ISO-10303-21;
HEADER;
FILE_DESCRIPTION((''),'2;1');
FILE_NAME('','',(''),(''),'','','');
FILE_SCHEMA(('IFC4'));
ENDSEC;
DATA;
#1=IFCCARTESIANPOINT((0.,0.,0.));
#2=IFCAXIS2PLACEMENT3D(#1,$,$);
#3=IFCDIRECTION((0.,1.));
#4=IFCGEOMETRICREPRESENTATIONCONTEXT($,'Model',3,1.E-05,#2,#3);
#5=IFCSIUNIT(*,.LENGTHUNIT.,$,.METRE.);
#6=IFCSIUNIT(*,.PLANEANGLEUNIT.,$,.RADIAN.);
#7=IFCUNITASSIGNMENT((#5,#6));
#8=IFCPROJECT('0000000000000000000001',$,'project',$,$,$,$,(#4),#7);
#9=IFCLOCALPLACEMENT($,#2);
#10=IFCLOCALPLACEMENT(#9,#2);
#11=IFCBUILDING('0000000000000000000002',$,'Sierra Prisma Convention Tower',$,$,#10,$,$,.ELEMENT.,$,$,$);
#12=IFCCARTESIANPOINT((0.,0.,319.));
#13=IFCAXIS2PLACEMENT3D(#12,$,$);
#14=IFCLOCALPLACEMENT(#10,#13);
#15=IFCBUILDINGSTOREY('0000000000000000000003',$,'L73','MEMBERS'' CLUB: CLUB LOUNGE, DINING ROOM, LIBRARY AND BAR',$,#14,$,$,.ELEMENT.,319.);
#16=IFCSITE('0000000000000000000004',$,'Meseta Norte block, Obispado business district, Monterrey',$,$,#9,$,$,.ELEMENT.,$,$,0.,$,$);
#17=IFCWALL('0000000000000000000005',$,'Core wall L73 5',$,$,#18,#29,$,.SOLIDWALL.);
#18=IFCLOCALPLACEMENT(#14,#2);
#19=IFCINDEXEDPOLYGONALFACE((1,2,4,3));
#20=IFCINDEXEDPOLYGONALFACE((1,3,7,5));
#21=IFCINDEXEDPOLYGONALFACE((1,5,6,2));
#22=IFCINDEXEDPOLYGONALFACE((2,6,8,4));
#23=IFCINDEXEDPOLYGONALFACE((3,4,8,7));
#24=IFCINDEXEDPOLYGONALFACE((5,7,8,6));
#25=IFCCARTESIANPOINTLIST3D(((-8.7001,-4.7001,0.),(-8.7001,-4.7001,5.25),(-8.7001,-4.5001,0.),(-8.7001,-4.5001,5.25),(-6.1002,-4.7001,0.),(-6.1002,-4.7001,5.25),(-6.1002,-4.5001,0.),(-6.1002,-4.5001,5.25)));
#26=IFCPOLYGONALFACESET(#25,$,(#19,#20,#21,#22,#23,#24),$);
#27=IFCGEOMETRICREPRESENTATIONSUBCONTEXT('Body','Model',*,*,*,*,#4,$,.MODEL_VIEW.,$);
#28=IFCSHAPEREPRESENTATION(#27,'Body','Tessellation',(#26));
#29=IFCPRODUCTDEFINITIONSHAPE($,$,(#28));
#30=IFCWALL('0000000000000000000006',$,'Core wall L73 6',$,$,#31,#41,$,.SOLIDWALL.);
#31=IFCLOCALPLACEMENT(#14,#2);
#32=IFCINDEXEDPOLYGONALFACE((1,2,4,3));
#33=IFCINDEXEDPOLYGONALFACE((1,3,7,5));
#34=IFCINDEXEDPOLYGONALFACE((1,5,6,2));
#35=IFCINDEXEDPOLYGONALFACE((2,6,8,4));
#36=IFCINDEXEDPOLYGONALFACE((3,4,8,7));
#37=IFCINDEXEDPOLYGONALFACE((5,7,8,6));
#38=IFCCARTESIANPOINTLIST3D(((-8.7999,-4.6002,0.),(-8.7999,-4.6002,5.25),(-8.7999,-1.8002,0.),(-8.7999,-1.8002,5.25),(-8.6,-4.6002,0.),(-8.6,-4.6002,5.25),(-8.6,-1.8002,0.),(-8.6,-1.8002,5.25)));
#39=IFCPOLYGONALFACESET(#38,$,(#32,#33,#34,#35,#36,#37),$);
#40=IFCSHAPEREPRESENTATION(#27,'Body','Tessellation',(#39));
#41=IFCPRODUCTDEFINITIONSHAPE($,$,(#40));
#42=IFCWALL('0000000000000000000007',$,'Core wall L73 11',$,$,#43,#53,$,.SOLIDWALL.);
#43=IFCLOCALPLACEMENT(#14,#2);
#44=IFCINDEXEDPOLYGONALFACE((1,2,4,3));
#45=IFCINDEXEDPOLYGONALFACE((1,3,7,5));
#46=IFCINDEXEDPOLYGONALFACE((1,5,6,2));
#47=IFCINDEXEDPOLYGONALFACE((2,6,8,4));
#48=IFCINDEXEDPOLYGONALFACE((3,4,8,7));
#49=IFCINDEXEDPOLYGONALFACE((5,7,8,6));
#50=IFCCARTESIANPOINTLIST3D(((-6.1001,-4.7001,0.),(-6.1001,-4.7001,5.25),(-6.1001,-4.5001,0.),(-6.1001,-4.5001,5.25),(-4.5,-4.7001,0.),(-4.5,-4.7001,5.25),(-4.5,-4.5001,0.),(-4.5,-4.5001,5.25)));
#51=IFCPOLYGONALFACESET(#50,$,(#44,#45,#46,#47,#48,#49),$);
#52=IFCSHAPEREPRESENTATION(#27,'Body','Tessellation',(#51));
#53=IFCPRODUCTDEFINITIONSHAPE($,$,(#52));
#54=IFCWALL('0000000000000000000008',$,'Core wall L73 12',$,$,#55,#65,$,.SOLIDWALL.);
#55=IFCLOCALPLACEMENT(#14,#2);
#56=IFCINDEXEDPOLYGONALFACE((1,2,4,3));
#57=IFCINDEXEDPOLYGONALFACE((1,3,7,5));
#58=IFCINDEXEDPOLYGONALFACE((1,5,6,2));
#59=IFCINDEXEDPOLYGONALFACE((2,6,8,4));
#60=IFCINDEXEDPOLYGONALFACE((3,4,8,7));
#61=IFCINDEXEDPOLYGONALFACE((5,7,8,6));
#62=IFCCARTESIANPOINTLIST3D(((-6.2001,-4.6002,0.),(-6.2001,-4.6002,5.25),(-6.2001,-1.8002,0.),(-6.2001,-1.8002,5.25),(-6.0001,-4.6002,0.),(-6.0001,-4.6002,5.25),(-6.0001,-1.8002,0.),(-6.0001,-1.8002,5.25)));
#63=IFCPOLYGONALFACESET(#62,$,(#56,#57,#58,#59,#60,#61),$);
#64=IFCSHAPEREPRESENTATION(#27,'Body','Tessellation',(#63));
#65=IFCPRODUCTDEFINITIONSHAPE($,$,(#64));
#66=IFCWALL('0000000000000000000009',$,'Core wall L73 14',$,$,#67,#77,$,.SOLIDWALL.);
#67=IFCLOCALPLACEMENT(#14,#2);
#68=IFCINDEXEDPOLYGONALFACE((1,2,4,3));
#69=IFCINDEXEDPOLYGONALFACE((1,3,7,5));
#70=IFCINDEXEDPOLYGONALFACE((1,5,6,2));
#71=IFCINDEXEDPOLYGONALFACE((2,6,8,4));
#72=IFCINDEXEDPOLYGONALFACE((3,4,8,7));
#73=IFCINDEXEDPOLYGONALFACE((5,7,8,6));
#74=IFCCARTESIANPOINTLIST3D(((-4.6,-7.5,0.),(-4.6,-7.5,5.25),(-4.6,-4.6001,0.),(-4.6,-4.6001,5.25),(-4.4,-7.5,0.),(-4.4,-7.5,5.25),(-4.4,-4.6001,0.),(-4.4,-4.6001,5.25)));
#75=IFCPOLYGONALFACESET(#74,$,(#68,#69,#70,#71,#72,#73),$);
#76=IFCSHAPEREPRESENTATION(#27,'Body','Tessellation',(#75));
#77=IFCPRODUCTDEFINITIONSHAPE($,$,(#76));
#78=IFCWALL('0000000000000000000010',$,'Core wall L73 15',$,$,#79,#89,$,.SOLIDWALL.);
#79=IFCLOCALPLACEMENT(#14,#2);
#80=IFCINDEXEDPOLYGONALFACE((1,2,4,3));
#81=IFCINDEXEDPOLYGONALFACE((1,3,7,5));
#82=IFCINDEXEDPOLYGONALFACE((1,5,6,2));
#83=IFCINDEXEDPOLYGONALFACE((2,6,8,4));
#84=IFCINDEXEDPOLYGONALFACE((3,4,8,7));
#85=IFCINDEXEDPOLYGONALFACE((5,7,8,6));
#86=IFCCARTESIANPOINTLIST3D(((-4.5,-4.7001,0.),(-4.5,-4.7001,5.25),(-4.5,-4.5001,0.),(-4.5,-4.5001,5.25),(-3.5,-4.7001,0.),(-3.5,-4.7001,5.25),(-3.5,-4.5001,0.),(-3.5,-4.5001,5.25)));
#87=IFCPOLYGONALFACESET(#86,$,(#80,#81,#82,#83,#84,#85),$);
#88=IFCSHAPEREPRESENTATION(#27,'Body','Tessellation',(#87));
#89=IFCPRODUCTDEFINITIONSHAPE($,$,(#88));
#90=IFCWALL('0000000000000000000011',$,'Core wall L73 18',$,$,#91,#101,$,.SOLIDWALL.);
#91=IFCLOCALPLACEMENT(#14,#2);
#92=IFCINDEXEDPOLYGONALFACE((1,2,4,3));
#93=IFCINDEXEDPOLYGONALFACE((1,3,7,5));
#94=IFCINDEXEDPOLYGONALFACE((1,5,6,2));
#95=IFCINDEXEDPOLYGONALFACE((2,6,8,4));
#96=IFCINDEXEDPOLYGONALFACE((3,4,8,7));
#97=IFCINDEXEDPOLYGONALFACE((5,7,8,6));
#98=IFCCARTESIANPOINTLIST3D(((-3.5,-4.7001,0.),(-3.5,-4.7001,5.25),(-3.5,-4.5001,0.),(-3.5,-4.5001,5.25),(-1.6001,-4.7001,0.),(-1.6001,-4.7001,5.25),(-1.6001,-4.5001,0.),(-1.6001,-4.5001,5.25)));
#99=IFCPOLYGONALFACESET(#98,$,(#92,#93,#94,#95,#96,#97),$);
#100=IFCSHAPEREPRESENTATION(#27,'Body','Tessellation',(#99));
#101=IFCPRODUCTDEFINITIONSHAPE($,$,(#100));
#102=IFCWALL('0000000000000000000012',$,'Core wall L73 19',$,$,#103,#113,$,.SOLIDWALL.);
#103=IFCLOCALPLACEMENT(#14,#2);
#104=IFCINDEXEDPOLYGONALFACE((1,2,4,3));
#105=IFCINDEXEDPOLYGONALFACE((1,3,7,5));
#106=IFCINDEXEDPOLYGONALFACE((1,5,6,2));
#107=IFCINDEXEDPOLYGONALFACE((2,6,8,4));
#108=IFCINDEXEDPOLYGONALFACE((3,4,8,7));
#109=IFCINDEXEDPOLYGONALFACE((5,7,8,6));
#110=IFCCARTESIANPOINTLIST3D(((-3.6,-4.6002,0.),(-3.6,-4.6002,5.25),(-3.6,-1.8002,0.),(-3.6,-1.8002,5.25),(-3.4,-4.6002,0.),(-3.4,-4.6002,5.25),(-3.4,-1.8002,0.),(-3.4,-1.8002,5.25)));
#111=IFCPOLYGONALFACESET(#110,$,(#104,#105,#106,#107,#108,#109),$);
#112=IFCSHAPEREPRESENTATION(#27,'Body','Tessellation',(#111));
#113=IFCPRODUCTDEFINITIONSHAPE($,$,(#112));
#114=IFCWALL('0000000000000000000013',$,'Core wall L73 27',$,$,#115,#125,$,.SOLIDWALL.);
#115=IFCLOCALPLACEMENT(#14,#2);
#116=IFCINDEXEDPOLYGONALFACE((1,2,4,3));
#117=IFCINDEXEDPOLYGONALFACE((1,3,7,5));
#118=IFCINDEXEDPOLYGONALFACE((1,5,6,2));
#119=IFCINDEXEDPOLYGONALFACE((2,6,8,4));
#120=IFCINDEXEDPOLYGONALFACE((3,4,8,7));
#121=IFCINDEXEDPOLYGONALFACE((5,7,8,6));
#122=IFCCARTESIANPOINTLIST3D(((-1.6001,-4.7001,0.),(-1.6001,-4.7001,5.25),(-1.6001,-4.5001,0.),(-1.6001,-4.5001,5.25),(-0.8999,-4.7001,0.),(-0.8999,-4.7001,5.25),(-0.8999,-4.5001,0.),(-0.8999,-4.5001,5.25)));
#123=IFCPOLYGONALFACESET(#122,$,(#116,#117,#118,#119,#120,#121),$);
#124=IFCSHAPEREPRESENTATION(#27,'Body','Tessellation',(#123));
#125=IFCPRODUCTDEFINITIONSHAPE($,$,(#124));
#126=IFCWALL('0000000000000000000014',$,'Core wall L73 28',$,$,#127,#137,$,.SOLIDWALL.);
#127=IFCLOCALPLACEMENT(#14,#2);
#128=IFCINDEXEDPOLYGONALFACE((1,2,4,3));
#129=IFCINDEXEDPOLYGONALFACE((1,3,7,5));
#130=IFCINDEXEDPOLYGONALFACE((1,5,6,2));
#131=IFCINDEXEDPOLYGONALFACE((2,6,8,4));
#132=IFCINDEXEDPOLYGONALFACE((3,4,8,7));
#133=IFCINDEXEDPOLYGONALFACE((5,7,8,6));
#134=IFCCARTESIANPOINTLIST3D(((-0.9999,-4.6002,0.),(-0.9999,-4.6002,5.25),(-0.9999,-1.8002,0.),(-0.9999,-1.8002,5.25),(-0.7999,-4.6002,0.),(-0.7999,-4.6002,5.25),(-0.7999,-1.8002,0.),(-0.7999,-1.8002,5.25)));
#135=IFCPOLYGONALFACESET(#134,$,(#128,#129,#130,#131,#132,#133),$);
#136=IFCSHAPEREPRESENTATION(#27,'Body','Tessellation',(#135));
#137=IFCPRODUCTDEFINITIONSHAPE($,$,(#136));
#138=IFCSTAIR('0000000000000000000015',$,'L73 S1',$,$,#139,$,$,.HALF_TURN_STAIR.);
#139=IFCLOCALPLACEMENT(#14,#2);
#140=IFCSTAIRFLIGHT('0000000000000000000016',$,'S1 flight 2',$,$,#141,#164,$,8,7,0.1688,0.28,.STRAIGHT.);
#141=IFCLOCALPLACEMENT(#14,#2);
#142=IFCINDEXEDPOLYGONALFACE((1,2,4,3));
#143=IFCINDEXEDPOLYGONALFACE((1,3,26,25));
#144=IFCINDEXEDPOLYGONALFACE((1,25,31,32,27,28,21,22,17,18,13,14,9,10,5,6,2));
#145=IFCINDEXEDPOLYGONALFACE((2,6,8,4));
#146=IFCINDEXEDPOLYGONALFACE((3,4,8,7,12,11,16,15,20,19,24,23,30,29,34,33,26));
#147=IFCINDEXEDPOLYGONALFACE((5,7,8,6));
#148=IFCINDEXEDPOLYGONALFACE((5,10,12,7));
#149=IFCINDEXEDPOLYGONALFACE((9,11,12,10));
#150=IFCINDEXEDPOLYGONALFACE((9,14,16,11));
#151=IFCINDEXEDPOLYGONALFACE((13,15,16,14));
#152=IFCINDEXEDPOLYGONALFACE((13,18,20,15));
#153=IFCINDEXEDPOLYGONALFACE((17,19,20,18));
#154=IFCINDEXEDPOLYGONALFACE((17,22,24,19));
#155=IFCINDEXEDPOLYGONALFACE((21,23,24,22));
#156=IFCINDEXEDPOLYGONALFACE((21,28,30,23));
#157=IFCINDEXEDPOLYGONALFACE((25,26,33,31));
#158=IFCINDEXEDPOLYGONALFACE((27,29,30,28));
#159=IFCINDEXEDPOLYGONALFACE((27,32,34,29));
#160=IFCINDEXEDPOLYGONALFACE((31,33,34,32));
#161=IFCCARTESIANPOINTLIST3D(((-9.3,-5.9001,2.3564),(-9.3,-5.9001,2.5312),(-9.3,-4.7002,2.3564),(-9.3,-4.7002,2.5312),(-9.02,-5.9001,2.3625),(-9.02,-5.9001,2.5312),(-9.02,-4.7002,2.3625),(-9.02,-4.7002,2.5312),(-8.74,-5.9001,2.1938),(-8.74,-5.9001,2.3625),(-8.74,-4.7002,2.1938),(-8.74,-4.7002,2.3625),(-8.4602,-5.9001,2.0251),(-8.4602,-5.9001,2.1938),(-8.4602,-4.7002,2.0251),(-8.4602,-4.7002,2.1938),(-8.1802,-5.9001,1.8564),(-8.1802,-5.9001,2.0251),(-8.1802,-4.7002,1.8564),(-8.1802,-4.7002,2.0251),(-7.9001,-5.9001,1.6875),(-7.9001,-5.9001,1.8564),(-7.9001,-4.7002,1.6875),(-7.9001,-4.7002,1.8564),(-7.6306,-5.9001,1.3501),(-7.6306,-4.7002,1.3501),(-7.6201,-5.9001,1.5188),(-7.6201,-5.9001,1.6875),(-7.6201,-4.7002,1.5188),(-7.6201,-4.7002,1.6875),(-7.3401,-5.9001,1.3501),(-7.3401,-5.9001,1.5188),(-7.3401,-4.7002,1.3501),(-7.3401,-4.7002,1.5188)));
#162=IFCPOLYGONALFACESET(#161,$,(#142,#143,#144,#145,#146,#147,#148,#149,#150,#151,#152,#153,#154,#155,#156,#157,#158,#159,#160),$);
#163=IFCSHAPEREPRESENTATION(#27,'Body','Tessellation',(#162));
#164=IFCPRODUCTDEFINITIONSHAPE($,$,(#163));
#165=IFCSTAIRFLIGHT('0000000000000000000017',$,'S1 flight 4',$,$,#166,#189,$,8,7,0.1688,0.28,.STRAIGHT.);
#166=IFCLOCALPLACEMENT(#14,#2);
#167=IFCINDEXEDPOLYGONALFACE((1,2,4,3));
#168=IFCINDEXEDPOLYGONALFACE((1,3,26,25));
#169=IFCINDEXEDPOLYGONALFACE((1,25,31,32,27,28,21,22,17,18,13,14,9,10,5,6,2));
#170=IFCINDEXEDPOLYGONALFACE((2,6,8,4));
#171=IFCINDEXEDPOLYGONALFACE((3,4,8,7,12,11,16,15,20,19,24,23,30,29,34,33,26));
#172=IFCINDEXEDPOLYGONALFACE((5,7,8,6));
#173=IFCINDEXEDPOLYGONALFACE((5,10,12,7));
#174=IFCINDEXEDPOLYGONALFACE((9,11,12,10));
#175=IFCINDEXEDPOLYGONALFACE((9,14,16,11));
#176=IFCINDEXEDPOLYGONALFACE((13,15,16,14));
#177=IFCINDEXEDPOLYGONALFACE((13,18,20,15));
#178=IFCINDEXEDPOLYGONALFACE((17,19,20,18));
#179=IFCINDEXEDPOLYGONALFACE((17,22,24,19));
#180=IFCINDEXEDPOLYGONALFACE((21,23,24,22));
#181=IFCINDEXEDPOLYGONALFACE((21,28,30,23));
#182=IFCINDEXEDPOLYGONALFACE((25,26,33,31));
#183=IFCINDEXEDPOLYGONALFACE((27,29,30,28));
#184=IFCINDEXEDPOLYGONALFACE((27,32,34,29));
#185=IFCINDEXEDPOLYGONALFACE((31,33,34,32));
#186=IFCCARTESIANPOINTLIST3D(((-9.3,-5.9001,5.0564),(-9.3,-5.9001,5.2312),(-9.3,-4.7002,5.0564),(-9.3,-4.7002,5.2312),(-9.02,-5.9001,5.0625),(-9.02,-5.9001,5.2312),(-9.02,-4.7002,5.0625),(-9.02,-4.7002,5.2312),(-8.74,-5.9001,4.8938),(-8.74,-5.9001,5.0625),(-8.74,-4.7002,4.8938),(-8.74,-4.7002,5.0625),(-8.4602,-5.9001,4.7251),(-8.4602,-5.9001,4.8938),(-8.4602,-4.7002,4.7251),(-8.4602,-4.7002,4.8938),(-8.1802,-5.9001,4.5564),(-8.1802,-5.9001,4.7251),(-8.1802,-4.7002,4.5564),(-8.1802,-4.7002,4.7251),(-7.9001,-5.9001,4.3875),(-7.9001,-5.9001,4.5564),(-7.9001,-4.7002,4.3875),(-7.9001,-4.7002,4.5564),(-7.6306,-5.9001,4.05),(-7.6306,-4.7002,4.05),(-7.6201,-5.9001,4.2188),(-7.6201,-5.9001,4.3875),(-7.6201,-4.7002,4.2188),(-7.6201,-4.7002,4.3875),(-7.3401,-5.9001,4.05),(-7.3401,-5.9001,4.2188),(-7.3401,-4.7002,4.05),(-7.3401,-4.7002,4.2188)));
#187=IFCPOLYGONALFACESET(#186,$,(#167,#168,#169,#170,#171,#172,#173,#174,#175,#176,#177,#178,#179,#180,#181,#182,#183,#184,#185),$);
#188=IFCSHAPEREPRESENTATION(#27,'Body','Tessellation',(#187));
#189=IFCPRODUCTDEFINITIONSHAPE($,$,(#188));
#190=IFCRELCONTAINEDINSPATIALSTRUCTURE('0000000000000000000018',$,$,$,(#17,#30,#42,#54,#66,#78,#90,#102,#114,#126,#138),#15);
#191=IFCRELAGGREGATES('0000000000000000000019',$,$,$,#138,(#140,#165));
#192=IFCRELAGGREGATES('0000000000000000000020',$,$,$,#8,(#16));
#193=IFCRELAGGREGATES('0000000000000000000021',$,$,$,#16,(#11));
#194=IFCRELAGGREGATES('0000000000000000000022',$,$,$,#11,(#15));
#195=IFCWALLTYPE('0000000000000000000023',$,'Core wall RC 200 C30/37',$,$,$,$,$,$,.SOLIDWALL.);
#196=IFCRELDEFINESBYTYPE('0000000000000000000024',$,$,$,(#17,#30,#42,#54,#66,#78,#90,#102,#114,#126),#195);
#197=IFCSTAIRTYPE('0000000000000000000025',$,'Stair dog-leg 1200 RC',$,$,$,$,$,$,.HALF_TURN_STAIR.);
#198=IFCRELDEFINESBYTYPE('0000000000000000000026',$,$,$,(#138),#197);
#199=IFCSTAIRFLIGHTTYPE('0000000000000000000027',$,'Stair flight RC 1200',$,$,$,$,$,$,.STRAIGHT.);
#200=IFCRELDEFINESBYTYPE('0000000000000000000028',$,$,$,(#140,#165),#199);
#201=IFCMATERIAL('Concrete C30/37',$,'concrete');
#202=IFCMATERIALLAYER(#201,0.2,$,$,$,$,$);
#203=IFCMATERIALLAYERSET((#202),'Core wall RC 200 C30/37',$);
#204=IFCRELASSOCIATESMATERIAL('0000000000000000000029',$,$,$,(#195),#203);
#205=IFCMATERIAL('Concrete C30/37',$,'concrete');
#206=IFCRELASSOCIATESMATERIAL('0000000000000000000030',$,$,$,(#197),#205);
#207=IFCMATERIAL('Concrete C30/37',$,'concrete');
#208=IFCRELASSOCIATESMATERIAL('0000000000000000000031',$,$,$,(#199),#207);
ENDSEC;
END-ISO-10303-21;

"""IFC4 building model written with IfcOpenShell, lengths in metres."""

from ifc_helpers import new_model, si_unit, direction, frame, frame_2d, origin, place, context, subcontext, project, spatial, polyline, rectangle, outline, extrude, material, layer, layer_set, type_object, element, aggregate, save


model = new_model("IFC4")

# Units and contexts
model_context = context("Model", 3, precision=1e-05, world=origin(), true_north=direction((0.0, 1.0)))
body_context = subcontext(model_context, "Body", "Model", "MODEL_VIEW")
ifc_project = project(units=[si_unit("LENGTHUNIT", "METRE"), si_unit("PLANEANGLEUNIT", "RADIAN")], contexts=[model_context])

# Site, building, storey
site_placement = place(None, origin())
site = spatial("IfcSite", under=ifc_project, at=site_placement, Name="Meseta Norte block, Obispado business district, Monterrey", CompositionType="ELEMENT", RefElevation=0.0)
building_placement = place(site_placement, origin())
building = spatial("IfcBuilding", under=site, at=building_placement, Name="Sierra Prisma Convention Tower", CompositionType="ELEMENT")
storey_placement = place(building_placement, frame((0.0, 0.0, 319.0)))
storey = spatial("IfcBuildingStorey", under=building, at=storey_placement, Name="L73", Description="MEMBERS' CLUB: CLUB LOUNGE, DINING ROOM, LIBRARY AND BAR", CompositionType="ELEMENT", Elevation=319.0)

# Shared definitions
ifc_material_1 = material(Name="Concrete C30/37", Category="concrete")
ifc_layer = layer(ifc_material_1, 0.2)
ifc_layer_set = layer_set([ifc_layer], Name="Core wall RC 200 C30/37")
wall_type = type_object("IfcWallType", Name="Core wall RC 200 C30/37", PredefinedType="SOLIDWALL", material=ifc_layer_set)

# Walls
wall_1_placement = place(storey_placement, frame((-8.7, -4.6001, 0.0), z_axis=(0.0, 0.0, 1.0), x_axis=(1.0, 0.0, 0.0)))
element("IfcWall", 1, at=wall_1_placement, inside=storey, type_object=wall_type, Name="Core wall L73 5", PredefinedType="SOLIDWALL", context=body_context, shape_type="SweptSolid", body=[
    extrude(rectangle(XDim=2.5999, YDim=0.2, at=frame_2d((1.2998, 0.0))), origin(), (0.0, 0.0, 1.0), 5.25),
])
wall_2_placement = place(storey_placement, frame((-8.7, -4.6001, 0.0), z_axis=(0.0, 0.0, 1.0), x_axis=(0.0, 1.0, 0.0)))
element("IfcWall", 2, at=wall_2_placement, inside=storey, type_object=wall_type, Name="Core wall L73 6", PredefinedType="SOLIDWALL", context=body_context, shape_type="SweptSolid", body=[
    extrude(rectangle(XDim=2.8, YDim=0.2, at=frame_2d((1.3999, 0.0))), origin(), (0.0, 0.0, 1.0), 5.25),
])

# Walls
wall_3_placement = place(storey_placement, frame((-6.1001, -4.6001, 0.0), z_axis=(0.0, 0.0, 1.0), x_axis=(1.0, 0.0, 0.0)))
element("IfcWall", 3, at=wall_3_placement, inside=storey, type_object=wall_type, Name="Core wall L73 11", PredefinedType="SOLIDWALL", context=body_context, shape_type="SweptSolid", body=[
    extrude(rectangle(XDim=1.6001, YDim=0.2, at=frame_2d((0.8, 0.0))), origin(), (0.0, 0.0, 1.0), 5.25),
])
wall_4_placement = place(storey_placement, frame((-6.1001, -4.6001, 0.0), z_axis=(0.0, 0.0, 1.0), x_axis=(0.0, 1.0, 0.0)))
element("IfcWall", 4, at=wall_4_placement, inside=storey, type_object=wall_type, Name="Core wall L73 12", PredefinedType="SOLIDWALL", context=body_context, shape_type="SweptSolid", body=[
    extrude(rectangle(XDim=2.8, YDim=0.2, at=frame_2d((1.3999, 0.0))), origin(), (0.0, 0.0, 1.0), 5.25),
])
wall_5_placement = place(storey_placement, frame((-4.5, -4.6001, 0.0), z_axis=(0.0, 0.0, 1.0), x_axis=(0.0, -1.0, 0.0)))
element("IfcWall", 5, at=wall_5_placement, inside=storey, type_object=wall_type, Name="Core wall L73 14", PredefinedType="SOLIDWALL", context=body_context, shape_type="SweptSolid", body=[
    extrude(rectangle(XDim=2.8999, YDim=0.2, at=frame_2d((1.45, 0.0))), origin(), (0.0, 0.0, 1.0), 5.25),
])
wall_6_placement = place(storey_placement, frame((-4.5, -4.6001, 0.0), z_axis=(0.0, 0.0, 1.0), x_axis=(1.0, 0.0, 0.0)))
element("IfcWall", 6, at=wall_6_placement, inside=storey, type_object=wall_type, Name="Core wall L73 15", PredefinedType="SOLIDWALL", context=body_context, shape_type="SweptSolid", body=[
    extrude(rectangle(XDim=1.0, YDim=0.2, at=frame_2d((0.5, 0.0))), origin(), (0.0, 0.0, 1.0), 5.25),
])
wall_7_placement = place(storey_placement, frame((-3.5, -4.6001, 0.0), z_axis=(0.0, 0.0, 1.0), x_axis=(1.0, 0.0, 0.0)))
element("IfcWall", 7, at=wall_7_placement, inside=storey, type_object=wall_type, Name="Core wall L73 18", PredefinedType="SOLIDWALL", context=body_context, shape_type="SweptSolid", body=[
    extrude(rectangle(XDim=1.8999, YDim=0.2, at=frame_2d((0.95, 0.0))), origin(), (0.0, 0.0, 1.0), 5.25),
])
wall_8_placement = place(storey_placement, frame((-3.5, -4.6001, 0.0), z_axis=(0.0, 0.0, 1.0), x_axis=(0.0, 1.0, 0.0)))
element("IfcWall", 8, at=wall_8_placement, inside=storey, type_object=wall_type, Name="Core wall L73 19", PredefinedType="SOLIDWALL", context=body_context, shape_type="SweptSolid", body=[
    extrude(rectangle(XDim=2.8, YDim=0.2, at=frame_2d((1.3999, 0.0))), origin(), (0.0, 0.0, 1.0), 5.25),
])
wall_9_placement = place(storey_placement, frame((-1.6001, -4.6001, 0.0), z_axis=(0.0, 0.0, 1.0), x_axis=(1.0, 0.0, 0.0)))
element("IfcWall", 9, at=wall_9_placement, inside=storey, type_object=wall_type, Name="Core wall L73 27", PredefinedType="SOLIDWALL", context=body_context, shape_type="SweptSolid", body=[
    extrude(rectangle(XDim=0.7002, YDim=0.2, at=frame_2d((0.3501, 0.0))), origin(), (0.0, 0.0, 1.0), 5.25),
])
wall_10_placement = place(storey_placement, frame((-0.8999, -4.6001, 0.0), z_axis=(0.0, 0.0, 1.0), x_axis=(0.0, 1.0, 0.0)))
element("IfcWall", 10, at=wall_10_placement, inside=storey, type_object=wall_type, Name="Core wall L73 28", PredefinedType="SOLIDWALL", context=body_context, shape_type="SweptSolid", body=[
    extrude(rectangle(XDim=2.8, YDim=0.2, at=frame_2d((1.3999, 0.0))), origin(), (0.0, 0.0, 1.0), 5.25),
])

# Stair, stair flights
ifc_material_2 = material(Name="Concrete C30/37", Category="concrete")
stair_type = type_object("IfcStairType", Name="Stair dog-leg 1200 RC", PredefinedType="HALF_TURN_STAIR", material=ifc_material_2)
stair_placement = place(storey_placement, origin())
stair = element("IfcStair", 11, at=stair_placement, inside=storey, type_object=stair_type, Name="L73 S1", PredefinedType="HALF_TURN_STAIR")
ifc_material_3 = material(Name="Concrete C30/37", Category="concrete")
stair_flight_type = type_object("IfcStairFlightType", Name="Stair flight RC 1200", PredefinedType="STRAIGHT", material=ifc_material_3)
stair_flight_1_placement = place(storey_placement, frame((-7.3401, -5.3, 1.3501), z_axis=(0.0, 0.0, 1.0), x_axis=(-1.0, 0.0, 0.0)))
stair_flight_1 = element("IfcStairFlight", 12, at=stair_flight_1_placement, type_object=stair_flight_type, Name="S1 flight 2", NumberOfRisers=8, NumberOfTreads=7, PredefinedType="STRAIGHT", RiserHeight=0.1688, TreadLength=0.28, context=body_context, shape_type="SweptSolid", body=[
    extrude(outline(polyline([(0.0, 0.0), (0.0, 0.1687), (0.28, 0.1687), (0.28, 0.3374), (0.5601, 0.3374), (0.5601, 0.5063), (0.8401, 0.5063), (0.8401, 0.675), (1.1201, 0.675), (1.1201, 0.8438), (1.3999, 0.8438), (1.3999, 1.0125), (1.6799, 1.0125), (1.6799, 1.1812), (1.96, 1.1812), (1.96, 1.3501), (1.96, 1.0063), (0.2905, 0.0), (0.0, 0.0)])), frame((0.0, 0.6001, 0.0), z_axis=(0.0, -1.0, 0.0), x_axis=(1.0, 0.0, 0.0)), (0.0, 0.0, 1.0), 1.2),
])
stair_flight_2_placement = place(storey_placement, frame((-7.3401, -5.3, 4.05), z_axis=(0.0, 0.0, 1.0), x_axis=(-1.0, 0.0, 0.0)))
stair_flight_2 = element("IfcStairFlight", 13, at=stair_flight_2_placement, type_object=stair_flight_type, Name="S1 flight 4", NumberOfRisers=8, NumberOfTreads=7, PredefinedType="STRAIGHT", RiserHeight=0.1688, TreadLength=0.28, context=body_context, shape_type="SweptSolid", body=[
    extrude(outline(polyline([(0.0, 0.0), (0.0, 0.1687), (0.28, 0.1687), (0.28, 0.3374), (0.5601, 0.3374), (0.5601, 0.5063), (0.8401, 0.5063), (0.8401, 0.675), (1.1201, 0.675), (1.1201, 0.8438), (1.3999, 0.8438), (1.3999, 1.0125), (1.6799, 1.0125), (1.6799, 1.1812), (1.96, 1.1812), (1.96, 1.3501), (1.96, 1.0063), (0.2905, 0.0), (0.0, 0.0)])), frame((0.0, 0.6001, 0.0), z_axis=(0.0, -1.0, 0.0), x_axis=(1.0, 0.0, 0.0)), (0.0, 0.0, 1.0), 1.2),
])
aggregate(stair, [stair_flight_1, stair_flight_2])

save(model, "model.ifc")
